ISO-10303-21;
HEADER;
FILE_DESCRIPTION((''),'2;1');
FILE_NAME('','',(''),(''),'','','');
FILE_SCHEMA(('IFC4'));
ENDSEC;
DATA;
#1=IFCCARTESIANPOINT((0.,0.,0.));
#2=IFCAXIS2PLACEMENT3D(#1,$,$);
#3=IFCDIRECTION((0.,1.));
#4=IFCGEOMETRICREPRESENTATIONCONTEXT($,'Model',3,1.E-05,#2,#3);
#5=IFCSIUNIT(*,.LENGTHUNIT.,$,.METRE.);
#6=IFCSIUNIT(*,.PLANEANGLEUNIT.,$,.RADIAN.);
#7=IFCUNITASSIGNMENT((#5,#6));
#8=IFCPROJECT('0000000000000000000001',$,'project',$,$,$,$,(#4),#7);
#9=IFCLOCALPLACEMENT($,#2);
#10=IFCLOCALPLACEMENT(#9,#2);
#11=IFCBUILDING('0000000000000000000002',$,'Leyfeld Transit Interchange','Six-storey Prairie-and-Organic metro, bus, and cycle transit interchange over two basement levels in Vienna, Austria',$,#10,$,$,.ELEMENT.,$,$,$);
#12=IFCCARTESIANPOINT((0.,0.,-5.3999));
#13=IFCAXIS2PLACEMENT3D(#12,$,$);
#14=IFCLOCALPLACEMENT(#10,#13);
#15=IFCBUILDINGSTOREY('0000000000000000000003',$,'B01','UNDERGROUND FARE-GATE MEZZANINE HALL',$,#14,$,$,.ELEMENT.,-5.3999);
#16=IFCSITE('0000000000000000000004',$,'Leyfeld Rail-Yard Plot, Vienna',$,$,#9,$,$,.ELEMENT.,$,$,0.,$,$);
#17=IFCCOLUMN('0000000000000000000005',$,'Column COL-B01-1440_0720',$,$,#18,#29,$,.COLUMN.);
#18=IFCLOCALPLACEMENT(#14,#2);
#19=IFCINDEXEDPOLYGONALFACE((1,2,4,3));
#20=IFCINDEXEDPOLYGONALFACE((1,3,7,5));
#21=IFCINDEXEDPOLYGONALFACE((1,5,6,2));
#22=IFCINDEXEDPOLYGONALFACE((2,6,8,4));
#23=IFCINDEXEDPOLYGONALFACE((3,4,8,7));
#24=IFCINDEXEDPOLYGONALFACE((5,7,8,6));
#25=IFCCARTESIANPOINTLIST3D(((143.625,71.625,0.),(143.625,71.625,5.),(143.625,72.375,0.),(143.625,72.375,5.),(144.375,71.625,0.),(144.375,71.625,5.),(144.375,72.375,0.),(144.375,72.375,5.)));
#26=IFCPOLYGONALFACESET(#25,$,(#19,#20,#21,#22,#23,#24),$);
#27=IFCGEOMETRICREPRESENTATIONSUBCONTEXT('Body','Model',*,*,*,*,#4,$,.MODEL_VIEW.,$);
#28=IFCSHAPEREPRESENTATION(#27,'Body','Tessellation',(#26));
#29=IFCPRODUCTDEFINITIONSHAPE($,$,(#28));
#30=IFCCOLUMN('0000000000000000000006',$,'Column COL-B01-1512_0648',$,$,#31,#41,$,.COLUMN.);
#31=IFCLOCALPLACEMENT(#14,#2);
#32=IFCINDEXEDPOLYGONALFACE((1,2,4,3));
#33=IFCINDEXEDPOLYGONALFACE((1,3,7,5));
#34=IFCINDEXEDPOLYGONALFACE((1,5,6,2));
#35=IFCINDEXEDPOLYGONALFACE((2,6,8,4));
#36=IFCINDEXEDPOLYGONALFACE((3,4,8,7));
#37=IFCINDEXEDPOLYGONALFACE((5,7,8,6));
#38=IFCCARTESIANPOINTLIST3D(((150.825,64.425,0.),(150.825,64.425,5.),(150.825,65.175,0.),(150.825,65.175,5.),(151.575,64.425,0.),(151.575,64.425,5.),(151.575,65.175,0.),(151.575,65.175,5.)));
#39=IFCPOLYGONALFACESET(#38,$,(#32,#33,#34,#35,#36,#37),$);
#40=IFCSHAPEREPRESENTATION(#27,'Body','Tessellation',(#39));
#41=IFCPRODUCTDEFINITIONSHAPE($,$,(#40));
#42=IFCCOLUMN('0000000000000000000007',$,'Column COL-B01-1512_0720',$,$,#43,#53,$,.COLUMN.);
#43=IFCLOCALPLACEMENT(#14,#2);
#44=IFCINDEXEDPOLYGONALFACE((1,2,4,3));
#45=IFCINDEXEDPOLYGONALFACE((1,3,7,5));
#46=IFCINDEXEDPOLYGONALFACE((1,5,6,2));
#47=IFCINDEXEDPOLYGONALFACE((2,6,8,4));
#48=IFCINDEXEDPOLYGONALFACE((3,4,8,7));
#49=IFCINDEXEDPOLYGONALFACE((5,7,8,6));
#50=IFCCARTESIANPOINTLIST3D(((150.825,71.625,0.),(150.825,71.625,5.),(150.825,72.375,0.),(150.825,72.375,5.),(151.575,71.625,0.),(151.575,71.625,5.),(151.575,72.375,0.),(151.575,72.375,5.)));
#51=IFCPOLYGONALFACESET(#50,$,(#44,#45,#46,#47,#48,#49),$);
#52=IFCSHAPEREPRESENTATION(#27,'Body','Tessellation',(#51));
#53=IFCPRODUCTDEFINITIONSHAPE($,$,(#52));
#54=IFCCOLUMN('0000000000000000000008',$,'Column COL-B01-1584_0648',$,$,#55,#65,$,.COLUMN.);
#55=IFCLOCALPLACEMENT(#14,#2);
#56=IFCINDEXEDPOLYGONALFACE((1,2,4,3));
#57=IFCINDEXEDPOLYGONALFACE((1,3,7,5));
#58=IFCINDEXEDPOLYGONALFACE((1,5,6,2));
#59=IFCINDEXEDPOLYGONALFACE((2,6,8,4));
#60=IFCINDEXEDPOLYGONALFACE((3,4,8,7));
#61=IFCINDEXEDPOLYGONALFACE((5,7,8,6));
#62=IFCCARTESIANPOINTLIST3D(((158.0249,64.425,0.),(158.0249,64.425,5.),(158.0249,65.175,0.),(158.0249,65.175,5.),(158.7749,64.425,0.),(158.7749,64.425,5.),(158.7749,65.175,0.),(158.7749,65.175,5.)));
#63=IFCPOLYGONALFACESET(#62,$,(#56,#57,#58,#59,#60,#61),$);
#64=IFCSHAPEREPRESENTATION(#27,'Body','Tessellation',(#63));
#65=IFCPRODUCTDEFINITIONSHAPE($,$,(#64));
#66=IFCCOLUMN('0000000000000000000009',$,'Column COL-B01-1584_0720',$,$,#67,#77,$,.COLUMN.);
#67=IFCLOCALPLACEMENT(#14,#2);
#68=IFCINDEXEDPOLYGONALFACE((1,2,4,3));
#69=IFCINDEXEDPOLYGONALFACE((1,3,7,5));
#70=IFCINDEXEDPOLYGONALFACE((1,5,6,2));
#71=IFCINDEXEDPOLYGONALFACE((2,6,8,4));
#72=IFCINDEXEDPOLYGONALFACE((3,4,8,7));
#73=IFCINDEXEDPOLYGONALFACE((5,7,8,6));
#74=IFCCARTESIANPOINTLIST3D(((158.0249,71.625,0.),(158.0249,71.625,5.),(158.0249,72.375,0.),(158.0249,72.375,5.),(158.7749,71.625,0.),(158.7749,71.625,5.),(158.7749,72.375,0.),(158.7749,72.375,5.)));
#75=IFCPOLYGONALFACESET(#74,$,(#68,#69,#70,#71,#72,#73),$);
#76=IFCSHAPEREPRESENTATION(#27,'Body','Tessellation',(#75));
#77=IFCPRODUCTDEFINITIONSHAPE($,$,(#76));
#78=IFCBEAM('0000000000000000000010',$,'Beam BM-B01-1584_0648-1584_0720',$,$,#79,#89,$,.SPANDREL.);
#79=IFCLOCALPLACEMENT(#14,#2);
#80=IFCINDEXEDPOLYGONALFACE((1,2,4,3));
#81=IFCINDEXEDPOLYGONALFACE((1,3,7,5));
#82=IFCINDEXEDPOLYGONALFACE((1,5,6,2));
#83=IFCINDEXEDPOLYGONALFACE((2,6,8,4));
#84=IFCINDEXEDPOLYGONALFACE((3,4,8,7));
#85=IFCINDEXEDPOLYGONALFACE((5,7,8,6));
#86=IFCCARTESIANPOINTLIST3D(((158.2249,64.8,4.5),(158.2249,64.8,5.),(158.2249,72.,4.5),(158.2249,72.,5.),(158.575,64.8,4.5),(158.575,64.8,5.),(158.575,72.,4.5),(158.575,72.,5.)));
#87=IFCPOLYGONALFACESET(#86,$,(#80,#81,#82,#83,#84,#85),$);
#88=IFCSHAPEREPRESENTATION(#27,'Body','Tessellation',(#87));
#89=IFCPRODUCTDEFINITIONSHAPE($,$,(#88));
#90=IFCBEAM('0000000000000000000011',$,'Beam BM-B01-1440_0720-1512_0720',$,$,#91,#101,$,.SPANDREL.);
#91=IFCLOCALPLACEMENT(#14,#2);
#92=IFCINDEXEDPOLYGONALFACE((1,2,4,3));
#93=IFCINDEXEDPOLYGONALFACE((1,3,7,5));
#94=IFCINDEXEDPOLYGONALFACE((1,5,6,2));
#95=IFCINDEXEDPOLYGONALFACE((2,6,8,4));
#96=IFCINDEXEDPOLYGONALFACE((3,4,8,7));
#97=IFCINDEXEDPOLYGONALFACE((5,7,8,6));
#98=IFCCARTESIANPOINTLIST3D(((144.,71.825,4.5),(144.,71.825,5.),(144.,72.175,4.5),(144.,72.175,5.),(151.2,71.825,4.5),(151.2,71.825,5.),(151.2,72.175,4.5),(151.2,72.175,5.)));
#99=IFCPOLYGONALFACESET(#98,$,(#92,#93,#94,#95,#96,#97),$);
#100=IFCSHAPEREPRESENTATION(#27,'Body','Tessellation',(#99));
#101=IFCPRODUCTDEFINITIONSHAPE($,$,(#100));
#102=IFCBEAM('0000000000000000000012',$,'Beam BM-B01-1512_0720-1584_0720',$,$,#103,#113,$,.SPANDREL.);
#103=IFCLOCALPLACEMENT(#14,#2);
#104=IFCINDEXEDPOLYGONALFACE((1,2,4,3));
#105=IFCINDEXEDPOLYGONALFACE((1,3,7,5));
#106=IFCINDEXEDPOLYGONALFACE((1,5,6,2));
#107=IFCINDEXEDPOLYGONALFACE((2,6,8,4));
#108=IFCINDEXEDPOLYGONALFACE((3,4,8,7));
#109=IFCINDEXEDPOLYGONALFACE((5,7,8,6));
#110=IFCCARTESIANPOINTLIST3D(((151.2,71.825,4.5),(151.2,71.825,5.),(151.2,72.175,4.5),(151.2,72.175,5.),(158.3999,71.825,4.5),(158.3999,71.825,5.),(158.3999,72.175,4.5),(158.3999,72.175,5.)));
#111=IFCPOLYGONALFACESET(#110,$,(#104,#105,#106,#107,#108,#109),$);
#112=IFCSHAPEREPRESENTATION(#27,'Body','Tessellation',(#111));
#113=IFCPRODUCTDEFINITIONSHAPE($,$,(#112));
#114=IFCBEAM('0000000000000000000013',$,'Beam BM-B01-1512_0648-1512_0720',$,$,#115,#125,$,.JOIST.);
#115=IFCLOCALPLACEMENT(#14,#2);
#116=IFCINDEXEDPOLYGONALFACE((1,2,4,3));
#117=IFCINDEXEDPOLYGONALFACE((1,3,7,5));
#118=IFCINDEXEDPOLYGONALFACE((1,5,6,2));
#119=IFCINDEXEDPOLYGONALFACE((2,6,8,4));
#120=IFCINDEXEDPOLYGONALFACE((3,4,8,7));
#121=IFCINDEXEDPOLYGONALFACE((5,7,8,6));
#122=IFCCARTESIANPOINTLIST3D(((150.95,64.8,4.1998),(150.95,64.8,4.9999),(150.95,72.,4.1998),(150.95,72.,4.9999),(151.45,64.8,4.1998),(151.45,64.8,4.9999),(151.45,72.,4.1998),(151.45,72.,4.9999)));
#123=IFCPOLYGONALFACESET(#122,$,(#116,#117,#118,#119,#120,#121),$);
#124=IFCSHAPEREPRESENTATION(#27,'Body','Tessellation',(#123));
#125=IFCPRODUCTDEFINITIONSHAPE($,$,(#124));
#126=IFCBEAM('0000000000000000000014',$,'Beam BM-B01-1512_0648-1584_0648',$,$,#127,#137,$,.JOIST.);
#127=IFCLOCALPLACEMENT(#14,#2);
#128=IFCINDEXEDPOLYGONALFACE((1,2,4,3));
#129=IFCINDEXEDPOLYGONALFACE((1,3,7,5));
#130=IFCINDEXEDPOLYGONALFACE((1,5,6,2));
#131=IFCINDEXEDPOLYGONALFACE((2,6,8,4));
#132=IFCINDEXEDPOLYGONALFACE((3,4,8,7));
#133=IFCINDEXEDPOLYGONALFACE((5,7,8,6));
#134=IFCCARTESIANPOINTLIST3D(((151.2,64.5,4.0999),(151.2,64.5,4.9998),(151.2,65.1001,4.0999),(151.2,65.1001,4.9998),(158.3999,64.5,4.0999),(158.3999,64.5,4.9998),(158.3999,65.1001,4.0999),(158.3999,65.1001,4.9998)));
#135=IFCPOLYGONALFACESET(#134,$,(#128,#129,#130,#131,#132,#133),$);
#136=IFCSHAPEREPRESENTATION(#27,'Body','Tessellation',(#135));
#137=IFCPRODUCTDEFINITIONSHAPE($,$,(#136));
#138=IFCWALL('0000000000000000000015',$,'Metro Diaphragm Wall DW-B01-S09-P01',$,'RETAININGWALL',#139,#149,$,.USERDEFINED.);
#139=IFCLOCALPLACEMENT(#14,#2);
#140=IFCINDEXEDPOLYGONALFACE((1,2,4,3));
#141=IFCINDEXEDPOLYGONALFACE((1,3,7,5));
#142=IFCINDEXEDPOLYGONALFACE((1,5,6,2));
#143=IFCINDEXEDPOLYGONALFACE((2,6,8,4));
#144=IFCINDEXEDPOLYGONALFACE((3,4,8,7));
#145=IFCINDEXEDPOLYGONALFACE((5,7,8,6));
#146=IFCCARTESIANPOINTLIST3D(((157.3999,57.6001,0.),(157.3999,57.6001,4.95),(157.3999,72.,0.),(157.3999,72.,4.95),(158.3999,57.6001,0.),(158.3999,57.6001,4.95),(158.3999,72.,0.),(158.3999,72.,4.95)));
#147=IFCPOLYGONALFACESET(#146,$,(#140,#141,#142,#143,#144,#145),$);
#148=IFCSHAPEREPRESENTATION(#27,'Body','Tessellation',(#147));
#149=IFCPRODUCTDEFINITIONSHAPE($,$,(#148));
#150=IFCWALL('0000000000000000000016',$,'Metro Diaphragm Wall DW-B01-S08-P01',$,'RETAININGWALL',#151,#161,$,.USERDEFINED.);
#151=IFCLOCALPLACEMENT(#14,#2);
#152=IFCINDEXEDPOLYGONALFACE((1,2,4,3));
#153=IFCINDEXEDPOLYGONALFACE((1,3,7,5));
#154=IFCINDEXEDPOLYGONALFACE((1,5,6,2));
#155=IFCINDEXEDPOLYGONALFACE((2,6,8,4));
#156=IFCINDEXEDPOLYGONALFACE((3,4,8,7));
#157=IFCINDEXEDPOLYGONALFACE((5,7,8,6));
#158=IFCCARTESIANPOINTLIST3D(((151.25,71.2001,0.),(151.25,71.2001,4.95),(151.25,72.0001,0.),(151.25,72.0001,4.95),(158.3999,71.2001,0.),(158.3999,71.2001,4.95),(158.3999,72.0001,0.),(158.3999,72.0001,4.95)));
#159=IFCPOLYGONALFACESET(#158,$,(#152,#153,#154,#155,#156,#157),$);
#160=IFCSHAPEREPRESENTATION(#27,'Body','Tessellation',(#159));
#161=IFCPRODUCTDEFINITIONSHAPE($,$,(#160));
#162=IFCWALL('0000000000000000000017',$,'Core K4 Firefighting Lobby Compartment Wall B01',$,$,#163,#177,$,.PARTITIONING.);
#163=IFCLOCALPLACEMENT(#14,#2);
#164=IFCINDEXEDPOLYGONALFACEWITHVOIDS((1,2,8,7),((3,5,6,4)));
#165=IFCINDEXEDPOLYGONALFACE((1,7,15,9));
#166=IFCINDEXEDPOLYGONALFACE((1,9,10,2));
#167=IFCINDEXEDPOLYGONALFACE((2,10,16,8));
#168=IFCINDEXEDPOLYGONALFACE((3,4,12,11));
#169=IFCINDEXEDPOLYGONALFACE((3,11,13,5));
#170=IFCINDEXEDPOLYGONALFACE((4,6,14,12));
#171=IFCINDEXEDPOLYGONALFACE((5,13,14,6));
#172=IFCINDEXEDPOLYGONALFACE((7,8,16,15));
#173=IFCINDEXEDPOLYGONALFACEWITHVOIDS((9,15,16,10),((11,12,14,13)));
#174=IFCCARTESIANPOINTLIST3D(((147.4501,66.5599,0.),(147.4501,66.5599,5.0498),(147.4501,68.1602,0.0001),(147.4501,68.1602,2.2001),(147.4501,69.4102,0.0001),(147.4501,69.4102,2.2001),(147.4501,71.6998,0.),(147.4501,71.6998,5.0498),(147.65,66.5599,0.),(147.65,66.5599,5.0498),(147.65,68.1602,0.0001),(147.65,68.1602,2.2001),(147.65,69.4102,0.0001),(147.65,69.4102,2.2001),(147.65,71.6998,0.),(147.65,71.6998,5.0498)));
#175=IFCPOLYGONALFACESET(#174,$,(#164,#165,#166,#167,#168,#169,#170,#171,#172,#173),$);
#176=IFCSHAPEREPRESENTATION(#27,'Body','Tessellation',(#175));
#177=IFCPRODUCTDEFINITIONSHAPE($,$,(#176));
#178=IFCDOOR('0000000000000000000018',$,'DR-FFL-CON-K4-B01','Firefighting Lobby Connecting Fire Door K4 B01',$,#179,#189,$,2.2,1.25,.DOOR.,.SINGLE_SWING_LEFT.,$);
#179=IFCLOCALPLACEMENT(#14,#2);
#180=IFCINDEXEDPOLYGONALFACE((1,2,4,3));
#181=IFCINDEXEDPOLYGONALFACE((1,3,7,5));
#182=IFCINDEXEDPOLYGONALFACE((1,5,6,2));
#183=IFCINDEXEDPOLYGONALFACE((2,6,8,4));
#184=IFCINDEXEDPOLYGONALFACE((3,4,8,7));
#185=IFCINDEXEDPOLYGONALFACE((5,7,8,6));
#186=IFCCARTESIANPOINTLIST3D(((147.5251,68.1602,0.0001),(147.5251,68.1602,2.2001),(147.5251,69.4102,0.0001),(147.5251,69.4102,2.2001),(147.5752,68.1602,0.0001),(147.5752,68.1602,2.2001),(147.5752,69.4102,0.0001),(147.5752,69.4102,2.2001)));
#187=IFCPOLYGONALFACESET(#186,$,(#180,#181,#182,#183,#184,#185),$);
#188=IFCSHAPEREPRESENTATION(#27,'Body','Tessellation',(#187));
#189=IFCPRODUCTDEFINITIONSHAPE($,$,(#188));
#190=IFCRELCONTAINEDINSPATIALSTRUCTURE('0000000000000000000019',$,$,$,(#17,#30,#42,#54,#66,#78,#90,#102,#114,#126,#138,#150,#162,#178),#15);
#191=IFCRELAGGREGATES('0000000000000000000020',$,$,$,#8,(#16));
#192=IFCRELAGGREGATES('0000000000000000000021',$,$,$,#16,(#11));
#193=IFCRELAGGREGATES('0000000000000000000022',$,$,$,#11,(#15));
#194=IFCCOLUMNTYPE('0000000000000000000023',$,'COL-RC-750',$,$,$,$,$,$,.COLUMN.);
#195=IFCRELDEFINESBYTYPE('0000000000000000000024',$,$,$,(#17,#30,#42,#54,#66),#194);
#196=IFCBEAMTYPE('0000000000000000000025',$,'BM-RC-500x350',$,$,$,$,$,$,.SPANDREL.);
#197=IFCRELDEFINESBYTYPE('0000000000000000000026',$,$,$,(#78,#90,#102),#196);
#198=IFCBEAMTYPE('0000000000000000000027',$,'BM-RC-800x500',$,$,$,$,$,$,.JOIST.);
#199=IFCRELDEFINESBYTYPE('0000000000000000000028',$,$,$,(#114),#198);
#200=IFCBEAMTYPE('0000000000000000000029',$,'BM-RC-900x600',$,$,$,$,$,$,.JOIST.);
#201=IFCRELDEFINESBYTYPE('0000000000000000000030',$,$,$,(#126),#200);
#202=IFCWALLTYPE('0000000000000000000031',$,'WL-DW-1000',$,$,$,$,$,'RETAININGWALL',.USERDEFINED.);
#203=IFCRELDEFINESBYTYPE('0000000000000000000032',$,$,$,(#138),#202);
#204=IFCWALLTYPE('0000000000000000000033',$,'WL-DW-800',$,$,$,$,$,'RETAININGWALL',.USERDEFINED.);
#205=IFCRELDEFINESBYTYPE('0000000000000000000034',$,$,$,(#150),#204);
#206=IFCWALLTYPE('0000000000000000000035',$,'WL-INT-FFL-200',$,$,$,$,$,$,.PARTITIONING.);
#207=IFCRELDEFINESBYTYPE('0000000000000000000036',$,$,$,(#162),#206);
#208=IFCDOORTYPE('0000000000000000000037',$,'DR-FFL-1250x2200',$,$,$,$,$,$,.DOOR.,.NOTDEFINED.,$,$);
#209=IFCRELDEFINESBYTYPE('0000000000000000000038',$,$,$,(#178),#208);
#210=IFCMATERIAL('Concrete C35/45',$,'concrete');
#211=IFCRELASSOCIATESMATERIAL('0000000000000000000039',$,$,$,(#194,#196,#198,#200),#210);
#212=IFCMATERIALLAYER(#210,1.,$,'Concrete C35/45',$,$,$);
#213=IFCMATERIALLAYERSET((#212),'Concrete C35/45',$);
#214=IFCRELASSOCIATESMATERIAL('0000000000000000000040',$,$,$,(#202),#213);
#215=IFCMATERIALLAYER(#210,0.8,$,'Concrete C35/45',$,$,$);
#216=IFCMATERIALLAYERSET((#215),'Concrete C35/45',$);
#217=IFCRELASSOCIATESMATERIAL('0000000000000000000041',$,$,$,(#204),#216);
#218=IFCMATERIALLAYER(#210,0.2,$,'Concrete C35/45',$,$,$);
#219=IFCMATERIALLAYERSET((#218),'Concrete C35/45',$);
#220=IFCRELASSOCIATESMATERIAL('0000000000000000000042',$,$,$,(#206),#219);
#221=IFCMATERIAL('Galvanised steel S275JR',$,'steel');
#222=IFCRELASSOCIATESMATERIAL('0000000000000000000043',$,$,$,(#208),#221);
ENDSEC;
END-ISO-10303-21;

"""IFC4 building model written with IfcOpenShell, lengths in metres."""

from ifc_helpers import new_model, si_unit, direction, frame, frame_2d, origin, origin_2d, place, context, subcontext, project, spatial, rectangle, extrude, material, layer, layer_set, material_profile, profile_set, type_object, element, fill, save


model = new_model("IFC4")

# Units and contexts
model_context = context("Model", 3, precision=1e-05, world=origin(), true_north=direction((0.0, 1.0)))
body_context = subcontext(model_context, "Body", "Model", "MODEL_VIEW")
ifc_project = project(units=[si_unit("LENGTHUNIT", "METRE"), si_unit("PLANEANGLEUNIT", "RADIAN")], contexts=[model_context])

# Site, building, storey
site_placement = place(None, origin())
site = spatial("IfcSite", under=ifc_project, at=site_placement, Name="Leyfeld Rail-Yard Plot, Vienna", CompositionType="ELEMENT", RefElevation=0.0)
building_placement = place(site_placement, origin())
building = spatial("IfcBuilding", under=site, at=building_placement, Name="Leyfeld Transit Interchange", Description="Six-storey Prairie-and-Organic metro, bus, and cycle transit interchange over two basement levels in Vienna, Austria", CompositionType="ELEMENT")
storey_placement = place(building_placement, frame((0.0, 0.0, -5.3999)))
storey = spatial("IfcBuildingStorey", under=building, at=storey_placement, Name="B01", Description="UNDERGROUND FARE-GATE MEZZANINE HALL", CompositionType="ELEMENT", Elevation=-5.3999)

# Columns
ifc_material_1 = material(Name="Concrete C35/45", Category="concrete")
ifc_material_profile_1 = material_profile(ifc_material_1, rectangle(XDim=0.75, YDim=0.75, at=origin_2d()), Name="RC 750x750")
ifc_profile_set_1 = profile_set([ifc_material_profile_1], Name="Concrete C35/45")
column_type = type_object("IfcColumnType", Name="COL-RC-750", PredefinedType="COLUMN", material=ifc_profile_set_1)
for number, where, z_axis, x_axis, name in (
    (1, (144.0, 72.0, 0.0), (0.0, 0.0, 1.0), (1.0, 0.0, 0.0), "Column COL-B01-1440_0720"),
    (2, (151.2, 64.8, 0.0), (0.0, 0.0, 1.0), (1.0, 0.0, 0.0), "Column COL-B01-1512_0648"),
    (3, (151.2, 72.0, 0.0), (0.0, 0.0, 1.0), (1.0, 0.0, 0.0), "Column COL-B01-1512_0720"),
    (4, (158.3999, 64.8, 0.0), (0.0, 0.0, 1.0), (1.0, 0.0, 0.0), "Column COL-B01-1584_0648"),
    (5, (158.3999, 72.0, 0.0), (0.0, 0.0, 1.0), (1.0, 0.0, 0.0), "Column COL-B01-1584_0720"),
):
    element("IfcColumn", number, at=place(storey_placement, frame(where, z_axis=z_axis, x_axis=x_axis)), inside=storey, type_object=column_type, Name=name, PredefinedType="COLUMN", context=body_context, shape_type="SweptSolid", body=[
        extrude(rectangle(XDim=0.75, YDim=0.75, at=origin_2d()), origin(), (0.0, 0.0, 1.0), 5.0),
    ])

# Beams
ifc_material_profile_2 = material_profile(ifc_material_1, rectangle(XDim=0.3501, YDim=0.5, at=origin_2d()), Name="RC 500x350")
ifc_profile_set_2 = profile_set([ifc_material_profile_2], Name="Concrete C35/45")
beam_type_1 = type_object("IfcBeamType", Name="BM-RC-500x350", PredefinedType="SPANDREL", material=ifc_profile_set_2)
for number, where, z_axis, x_axis, name in (
    (6, (158.3999, 64.8, 4.75), (0.0, 1.0, 0.0), (-1.0, 0.0, 0.0), "Beam BM-B01-1584_0648-1584_0720"),
    (7, (144.0, 72.0, 4.75), (1.0, 0.0, 0.0), (0.0, 1.0, 0.0), "Beam BM-B01-1440_0720-1512_0720"),
    (8, (151.2, 72.0, 4.75), (1.0, 0.0, 0.0), (0.0, 1.0, 0.0), "Beam BM-B01-1512_0720-1584_0720"),
):
    element("IfcBeam", number, at=place(storey_placement, frame(where, z_axis=z_axis, x_axis=x_axis)), inside=storey, type_object=beam_type_1, Name=name, PredefinedType="SPANDREL", context=body_context, shape_type="SweptSolid", body=[
        extrude(rectangle(XDim=0.3501, YDim=0.5, at=origin_2d()), origin(), (0.0, 0.0, 1.0), 7.2),
    ])
ifc_material_profile_3 = material_profile(ifc_material_1, rectangle(XDim=0.5, YDim=0.8, at=origin_2d()), Name="RC 800x500")
ifc_profile_set_3 = profile_set([ifc_material_profile_3], Name="Concrete C35/45")
beam_type_2 = type_object("IfcBeamType", Name="BM-RC-800x500", PredefinedType="JOIST", material=ifc_profile_set_3)
beam_1_placement = place(storey_placement, frame((151.2, 64.8, 4.5999), z_axis=(0.0, 1.0, 0.0), x_axis=(-1.0, 0.0, 0.0)))
element("IfcBeam", 9, at=beam_1_placement, inside=storey, type_object=beam_type_2, Name="Beam BM-B01-1512_0648-1512_0720", PredefinedType="JOIST", context=body_context, shape_type="SweptSolid", body=[
    extrude(rectangle(XDim=0.5, YDim=0.8, at=origin_2d()), origin(), (0.0, 0.0, 1.0), 7.2),
])
ifc_material_profile_4 = material_profile(ifc_material_1, rectangle(XDim=0.6001, YDim=0.8999, at=origin_2d()), Name="RC 900x600")
ifc_profile_set_4 = profile_set([ifc_material_profile_4], Name="Concrete C35/45")
beam_type_3 = type_object("IfcBeamType", Name="BM-RC-900x600", PredefinedType="JOIST", material=ifc_profile_set_4)
beam_2_placement = place(storey_placement, frame((151.2, 64.8, 4.5498), z_axis=(1.0, 0.0, 0.0), x_axis=(0.0, 1.0, 0.0)))
element("IfcBeam", 10, at=beam_2_placement, inside=storey, type_object=beam_type_3, Name="Beam BM-B01-1512_0648-1584_0648", PredefinedType="JOIST", context=body_context, shape_type="SweptSolid", body=[
    extrude(rectangle(XDim=0.6001, YDim=0.8999, at=origin_2d()), origin(), (0.0, 0.0, 1.0), 7.2),
])

# Walls
ifc_layer_1 = layer(ifc_material_1, 1.0, Name="Concrete C35/45")
ifc_layer_set_1 = layer_set([ifc_layer_1], Name="Concrete C35/45")
wall_type_1 = type_object("IfcWallType", Name="WL-DW-1000", ElementType="RETAININGWALL", PredefinedType="USERDEFINED", material=ifc_layer_set_1)
wall_1_placement = place(storey_placement, frame((157.8999, 72.0, 0.0), z_axis=(0.0, 0.0, 1.0), x_axis=(0.0, -1.0, 0.0)))
element("IfcWall", 11, at=wall_1_placement, inside=storey, type_object=wall_type_1, Name="Metro Diaphragm Wall DW-B01-S09-P01", ObjectType="RETAININGWALL", PredefinedType="USERDEFINED", context=body_context, shape_type="SweptSolid", body=[
    extrude(rectangle(XDim=14.3999, YDim=1.0, at=frame_2d((7.2, 0.0))), origin(), (0.0, 0.0, 1.0), 4.95),
])
ifc_layer_2 = layer(ifc_material_1, 0.8, Name="Concrete C35/45")
ifc_layer_set_2 = layer_set([ifc_layer_2], Name="Concrete C35/45")
wall_type_2 = type_object("IfcWallType", Name="WL-DW-800", ElementType="RETAININGWALL", PredefinedType="USERDEFINED", material=ifc_layer_set_2)
wall_2_placement = place(storey_placement, frame((151.25, 71.6001, 0.0), z_axis=(0.0, 0.0, 1.0), x_axis=(1.0, 0.0, 0.0)))
element("IfcWall", 12, at=wall_2_placement, inside=storey, type_object=wall_type_2, Name="Metro Diaphragm Wall DW-B01-S08-P01", ObjectType="RETAININGWALL", PredefinedType="USERDEFINED", context=body_context, shape_type="SweptSolid", body=[
    extrude(rectangle(XDim=7.1499, YDim=0.8, at=frame_2d((3.575, 0.0))), origin(), (0.0, 0.0, 1.0), 4.95),
])

# Wall, opening, door
ifc_layer_3 = layer(ifc_material_1, 0.2, Name="Concrete C35/45")
ifc_layer_set_3 = layer_set([ifc_layer_3], Name="Concrete C35/45")
wall_type_3 = type_object("IfcWallType", Name="WL-INT-FFL-200", PredefinedType="PARTITIONING", material=ifc_layer_set_3)
wall_3_placement = place(storey_placement, frame((147.55, 66.5601, 0.0), z_axis=(0.0, 0.0, 1.0), x_axis=(0.0, 1.0, 0.0)))
wall_3 = element("IfcWall", 13, at=wall_3_placement, inside=storey, type_object=wall_type_3, Name="Core K4 Firefighting Lobby Compartment Wall B01", PredefinedType="PARTITIONING", context=body_context, shape_type="SweptSolid", body=[
    extrude(rectangle(XDim=5.1399, YDim=0.2, at=frame_2d((2.5698, 0.0))), origin(), (0.0, 0.0, 1.0), 5.0498),
])
opening_1_placement = place(wall_3_placement, frame((1.6001, 0.0, 0.0)))
opening_1 = element("IfcOpeningElement", 14, at=opening_1_placement, cuts=wall_3, PredefinedType="OPENING", context=body_context, shape_type="SweptSolid", body=[
    extrude(rectangle(XDim=1.25, YDim=2.2, at=frame_2d((0.625, 1.1001))), frame((0.0, 0.1099, 0.0), z_axis=(0.0, -1.0, 0.0), x_axis=(1.0, 0.0, 0.0)), (0.0, 0.0, 1.0), 0.22),
])
ifc_material_2 = material(Name="Galvanised steel S275JR", Category="steel")
door_type_1 = type_object("IfcDoorType", Name="DR-FFL-1250x2200", OperationType="NOTDEFINED", PredefinedType="DOOR", material=ifc_material_2)
door_1_placement = place(opening_1_placement, origin())
door_1 = element("IfcDoor", 15, at=door_1_placement, inside=storey, type_object=door_type_1, Name="DR-FFL-CON-K4-B01", Description="Firefighting Lobby Connecting Fire Door K4 B01", OperationType="SINGLE_SWING_LEFT", OverallHeight=2.2, OverallWidth=1.25, PredefinedType="DOOR", context=body_context, shape_type="SweptSolid", body=[
    extrude(rectangle(XDim=1.25, YDim=2.2, at=frame_2d((0.625, 1.1001))), frame((0.0, 0.0249, 0.0), z_axis=(0.0, -1.0, 0.0), x_axis=(1.0, 0.0, 0.0)), (0.0, 0.0, 1.0), 0.05),
])
fill(opening_1, door_1)

save(model, "model.ifc")
